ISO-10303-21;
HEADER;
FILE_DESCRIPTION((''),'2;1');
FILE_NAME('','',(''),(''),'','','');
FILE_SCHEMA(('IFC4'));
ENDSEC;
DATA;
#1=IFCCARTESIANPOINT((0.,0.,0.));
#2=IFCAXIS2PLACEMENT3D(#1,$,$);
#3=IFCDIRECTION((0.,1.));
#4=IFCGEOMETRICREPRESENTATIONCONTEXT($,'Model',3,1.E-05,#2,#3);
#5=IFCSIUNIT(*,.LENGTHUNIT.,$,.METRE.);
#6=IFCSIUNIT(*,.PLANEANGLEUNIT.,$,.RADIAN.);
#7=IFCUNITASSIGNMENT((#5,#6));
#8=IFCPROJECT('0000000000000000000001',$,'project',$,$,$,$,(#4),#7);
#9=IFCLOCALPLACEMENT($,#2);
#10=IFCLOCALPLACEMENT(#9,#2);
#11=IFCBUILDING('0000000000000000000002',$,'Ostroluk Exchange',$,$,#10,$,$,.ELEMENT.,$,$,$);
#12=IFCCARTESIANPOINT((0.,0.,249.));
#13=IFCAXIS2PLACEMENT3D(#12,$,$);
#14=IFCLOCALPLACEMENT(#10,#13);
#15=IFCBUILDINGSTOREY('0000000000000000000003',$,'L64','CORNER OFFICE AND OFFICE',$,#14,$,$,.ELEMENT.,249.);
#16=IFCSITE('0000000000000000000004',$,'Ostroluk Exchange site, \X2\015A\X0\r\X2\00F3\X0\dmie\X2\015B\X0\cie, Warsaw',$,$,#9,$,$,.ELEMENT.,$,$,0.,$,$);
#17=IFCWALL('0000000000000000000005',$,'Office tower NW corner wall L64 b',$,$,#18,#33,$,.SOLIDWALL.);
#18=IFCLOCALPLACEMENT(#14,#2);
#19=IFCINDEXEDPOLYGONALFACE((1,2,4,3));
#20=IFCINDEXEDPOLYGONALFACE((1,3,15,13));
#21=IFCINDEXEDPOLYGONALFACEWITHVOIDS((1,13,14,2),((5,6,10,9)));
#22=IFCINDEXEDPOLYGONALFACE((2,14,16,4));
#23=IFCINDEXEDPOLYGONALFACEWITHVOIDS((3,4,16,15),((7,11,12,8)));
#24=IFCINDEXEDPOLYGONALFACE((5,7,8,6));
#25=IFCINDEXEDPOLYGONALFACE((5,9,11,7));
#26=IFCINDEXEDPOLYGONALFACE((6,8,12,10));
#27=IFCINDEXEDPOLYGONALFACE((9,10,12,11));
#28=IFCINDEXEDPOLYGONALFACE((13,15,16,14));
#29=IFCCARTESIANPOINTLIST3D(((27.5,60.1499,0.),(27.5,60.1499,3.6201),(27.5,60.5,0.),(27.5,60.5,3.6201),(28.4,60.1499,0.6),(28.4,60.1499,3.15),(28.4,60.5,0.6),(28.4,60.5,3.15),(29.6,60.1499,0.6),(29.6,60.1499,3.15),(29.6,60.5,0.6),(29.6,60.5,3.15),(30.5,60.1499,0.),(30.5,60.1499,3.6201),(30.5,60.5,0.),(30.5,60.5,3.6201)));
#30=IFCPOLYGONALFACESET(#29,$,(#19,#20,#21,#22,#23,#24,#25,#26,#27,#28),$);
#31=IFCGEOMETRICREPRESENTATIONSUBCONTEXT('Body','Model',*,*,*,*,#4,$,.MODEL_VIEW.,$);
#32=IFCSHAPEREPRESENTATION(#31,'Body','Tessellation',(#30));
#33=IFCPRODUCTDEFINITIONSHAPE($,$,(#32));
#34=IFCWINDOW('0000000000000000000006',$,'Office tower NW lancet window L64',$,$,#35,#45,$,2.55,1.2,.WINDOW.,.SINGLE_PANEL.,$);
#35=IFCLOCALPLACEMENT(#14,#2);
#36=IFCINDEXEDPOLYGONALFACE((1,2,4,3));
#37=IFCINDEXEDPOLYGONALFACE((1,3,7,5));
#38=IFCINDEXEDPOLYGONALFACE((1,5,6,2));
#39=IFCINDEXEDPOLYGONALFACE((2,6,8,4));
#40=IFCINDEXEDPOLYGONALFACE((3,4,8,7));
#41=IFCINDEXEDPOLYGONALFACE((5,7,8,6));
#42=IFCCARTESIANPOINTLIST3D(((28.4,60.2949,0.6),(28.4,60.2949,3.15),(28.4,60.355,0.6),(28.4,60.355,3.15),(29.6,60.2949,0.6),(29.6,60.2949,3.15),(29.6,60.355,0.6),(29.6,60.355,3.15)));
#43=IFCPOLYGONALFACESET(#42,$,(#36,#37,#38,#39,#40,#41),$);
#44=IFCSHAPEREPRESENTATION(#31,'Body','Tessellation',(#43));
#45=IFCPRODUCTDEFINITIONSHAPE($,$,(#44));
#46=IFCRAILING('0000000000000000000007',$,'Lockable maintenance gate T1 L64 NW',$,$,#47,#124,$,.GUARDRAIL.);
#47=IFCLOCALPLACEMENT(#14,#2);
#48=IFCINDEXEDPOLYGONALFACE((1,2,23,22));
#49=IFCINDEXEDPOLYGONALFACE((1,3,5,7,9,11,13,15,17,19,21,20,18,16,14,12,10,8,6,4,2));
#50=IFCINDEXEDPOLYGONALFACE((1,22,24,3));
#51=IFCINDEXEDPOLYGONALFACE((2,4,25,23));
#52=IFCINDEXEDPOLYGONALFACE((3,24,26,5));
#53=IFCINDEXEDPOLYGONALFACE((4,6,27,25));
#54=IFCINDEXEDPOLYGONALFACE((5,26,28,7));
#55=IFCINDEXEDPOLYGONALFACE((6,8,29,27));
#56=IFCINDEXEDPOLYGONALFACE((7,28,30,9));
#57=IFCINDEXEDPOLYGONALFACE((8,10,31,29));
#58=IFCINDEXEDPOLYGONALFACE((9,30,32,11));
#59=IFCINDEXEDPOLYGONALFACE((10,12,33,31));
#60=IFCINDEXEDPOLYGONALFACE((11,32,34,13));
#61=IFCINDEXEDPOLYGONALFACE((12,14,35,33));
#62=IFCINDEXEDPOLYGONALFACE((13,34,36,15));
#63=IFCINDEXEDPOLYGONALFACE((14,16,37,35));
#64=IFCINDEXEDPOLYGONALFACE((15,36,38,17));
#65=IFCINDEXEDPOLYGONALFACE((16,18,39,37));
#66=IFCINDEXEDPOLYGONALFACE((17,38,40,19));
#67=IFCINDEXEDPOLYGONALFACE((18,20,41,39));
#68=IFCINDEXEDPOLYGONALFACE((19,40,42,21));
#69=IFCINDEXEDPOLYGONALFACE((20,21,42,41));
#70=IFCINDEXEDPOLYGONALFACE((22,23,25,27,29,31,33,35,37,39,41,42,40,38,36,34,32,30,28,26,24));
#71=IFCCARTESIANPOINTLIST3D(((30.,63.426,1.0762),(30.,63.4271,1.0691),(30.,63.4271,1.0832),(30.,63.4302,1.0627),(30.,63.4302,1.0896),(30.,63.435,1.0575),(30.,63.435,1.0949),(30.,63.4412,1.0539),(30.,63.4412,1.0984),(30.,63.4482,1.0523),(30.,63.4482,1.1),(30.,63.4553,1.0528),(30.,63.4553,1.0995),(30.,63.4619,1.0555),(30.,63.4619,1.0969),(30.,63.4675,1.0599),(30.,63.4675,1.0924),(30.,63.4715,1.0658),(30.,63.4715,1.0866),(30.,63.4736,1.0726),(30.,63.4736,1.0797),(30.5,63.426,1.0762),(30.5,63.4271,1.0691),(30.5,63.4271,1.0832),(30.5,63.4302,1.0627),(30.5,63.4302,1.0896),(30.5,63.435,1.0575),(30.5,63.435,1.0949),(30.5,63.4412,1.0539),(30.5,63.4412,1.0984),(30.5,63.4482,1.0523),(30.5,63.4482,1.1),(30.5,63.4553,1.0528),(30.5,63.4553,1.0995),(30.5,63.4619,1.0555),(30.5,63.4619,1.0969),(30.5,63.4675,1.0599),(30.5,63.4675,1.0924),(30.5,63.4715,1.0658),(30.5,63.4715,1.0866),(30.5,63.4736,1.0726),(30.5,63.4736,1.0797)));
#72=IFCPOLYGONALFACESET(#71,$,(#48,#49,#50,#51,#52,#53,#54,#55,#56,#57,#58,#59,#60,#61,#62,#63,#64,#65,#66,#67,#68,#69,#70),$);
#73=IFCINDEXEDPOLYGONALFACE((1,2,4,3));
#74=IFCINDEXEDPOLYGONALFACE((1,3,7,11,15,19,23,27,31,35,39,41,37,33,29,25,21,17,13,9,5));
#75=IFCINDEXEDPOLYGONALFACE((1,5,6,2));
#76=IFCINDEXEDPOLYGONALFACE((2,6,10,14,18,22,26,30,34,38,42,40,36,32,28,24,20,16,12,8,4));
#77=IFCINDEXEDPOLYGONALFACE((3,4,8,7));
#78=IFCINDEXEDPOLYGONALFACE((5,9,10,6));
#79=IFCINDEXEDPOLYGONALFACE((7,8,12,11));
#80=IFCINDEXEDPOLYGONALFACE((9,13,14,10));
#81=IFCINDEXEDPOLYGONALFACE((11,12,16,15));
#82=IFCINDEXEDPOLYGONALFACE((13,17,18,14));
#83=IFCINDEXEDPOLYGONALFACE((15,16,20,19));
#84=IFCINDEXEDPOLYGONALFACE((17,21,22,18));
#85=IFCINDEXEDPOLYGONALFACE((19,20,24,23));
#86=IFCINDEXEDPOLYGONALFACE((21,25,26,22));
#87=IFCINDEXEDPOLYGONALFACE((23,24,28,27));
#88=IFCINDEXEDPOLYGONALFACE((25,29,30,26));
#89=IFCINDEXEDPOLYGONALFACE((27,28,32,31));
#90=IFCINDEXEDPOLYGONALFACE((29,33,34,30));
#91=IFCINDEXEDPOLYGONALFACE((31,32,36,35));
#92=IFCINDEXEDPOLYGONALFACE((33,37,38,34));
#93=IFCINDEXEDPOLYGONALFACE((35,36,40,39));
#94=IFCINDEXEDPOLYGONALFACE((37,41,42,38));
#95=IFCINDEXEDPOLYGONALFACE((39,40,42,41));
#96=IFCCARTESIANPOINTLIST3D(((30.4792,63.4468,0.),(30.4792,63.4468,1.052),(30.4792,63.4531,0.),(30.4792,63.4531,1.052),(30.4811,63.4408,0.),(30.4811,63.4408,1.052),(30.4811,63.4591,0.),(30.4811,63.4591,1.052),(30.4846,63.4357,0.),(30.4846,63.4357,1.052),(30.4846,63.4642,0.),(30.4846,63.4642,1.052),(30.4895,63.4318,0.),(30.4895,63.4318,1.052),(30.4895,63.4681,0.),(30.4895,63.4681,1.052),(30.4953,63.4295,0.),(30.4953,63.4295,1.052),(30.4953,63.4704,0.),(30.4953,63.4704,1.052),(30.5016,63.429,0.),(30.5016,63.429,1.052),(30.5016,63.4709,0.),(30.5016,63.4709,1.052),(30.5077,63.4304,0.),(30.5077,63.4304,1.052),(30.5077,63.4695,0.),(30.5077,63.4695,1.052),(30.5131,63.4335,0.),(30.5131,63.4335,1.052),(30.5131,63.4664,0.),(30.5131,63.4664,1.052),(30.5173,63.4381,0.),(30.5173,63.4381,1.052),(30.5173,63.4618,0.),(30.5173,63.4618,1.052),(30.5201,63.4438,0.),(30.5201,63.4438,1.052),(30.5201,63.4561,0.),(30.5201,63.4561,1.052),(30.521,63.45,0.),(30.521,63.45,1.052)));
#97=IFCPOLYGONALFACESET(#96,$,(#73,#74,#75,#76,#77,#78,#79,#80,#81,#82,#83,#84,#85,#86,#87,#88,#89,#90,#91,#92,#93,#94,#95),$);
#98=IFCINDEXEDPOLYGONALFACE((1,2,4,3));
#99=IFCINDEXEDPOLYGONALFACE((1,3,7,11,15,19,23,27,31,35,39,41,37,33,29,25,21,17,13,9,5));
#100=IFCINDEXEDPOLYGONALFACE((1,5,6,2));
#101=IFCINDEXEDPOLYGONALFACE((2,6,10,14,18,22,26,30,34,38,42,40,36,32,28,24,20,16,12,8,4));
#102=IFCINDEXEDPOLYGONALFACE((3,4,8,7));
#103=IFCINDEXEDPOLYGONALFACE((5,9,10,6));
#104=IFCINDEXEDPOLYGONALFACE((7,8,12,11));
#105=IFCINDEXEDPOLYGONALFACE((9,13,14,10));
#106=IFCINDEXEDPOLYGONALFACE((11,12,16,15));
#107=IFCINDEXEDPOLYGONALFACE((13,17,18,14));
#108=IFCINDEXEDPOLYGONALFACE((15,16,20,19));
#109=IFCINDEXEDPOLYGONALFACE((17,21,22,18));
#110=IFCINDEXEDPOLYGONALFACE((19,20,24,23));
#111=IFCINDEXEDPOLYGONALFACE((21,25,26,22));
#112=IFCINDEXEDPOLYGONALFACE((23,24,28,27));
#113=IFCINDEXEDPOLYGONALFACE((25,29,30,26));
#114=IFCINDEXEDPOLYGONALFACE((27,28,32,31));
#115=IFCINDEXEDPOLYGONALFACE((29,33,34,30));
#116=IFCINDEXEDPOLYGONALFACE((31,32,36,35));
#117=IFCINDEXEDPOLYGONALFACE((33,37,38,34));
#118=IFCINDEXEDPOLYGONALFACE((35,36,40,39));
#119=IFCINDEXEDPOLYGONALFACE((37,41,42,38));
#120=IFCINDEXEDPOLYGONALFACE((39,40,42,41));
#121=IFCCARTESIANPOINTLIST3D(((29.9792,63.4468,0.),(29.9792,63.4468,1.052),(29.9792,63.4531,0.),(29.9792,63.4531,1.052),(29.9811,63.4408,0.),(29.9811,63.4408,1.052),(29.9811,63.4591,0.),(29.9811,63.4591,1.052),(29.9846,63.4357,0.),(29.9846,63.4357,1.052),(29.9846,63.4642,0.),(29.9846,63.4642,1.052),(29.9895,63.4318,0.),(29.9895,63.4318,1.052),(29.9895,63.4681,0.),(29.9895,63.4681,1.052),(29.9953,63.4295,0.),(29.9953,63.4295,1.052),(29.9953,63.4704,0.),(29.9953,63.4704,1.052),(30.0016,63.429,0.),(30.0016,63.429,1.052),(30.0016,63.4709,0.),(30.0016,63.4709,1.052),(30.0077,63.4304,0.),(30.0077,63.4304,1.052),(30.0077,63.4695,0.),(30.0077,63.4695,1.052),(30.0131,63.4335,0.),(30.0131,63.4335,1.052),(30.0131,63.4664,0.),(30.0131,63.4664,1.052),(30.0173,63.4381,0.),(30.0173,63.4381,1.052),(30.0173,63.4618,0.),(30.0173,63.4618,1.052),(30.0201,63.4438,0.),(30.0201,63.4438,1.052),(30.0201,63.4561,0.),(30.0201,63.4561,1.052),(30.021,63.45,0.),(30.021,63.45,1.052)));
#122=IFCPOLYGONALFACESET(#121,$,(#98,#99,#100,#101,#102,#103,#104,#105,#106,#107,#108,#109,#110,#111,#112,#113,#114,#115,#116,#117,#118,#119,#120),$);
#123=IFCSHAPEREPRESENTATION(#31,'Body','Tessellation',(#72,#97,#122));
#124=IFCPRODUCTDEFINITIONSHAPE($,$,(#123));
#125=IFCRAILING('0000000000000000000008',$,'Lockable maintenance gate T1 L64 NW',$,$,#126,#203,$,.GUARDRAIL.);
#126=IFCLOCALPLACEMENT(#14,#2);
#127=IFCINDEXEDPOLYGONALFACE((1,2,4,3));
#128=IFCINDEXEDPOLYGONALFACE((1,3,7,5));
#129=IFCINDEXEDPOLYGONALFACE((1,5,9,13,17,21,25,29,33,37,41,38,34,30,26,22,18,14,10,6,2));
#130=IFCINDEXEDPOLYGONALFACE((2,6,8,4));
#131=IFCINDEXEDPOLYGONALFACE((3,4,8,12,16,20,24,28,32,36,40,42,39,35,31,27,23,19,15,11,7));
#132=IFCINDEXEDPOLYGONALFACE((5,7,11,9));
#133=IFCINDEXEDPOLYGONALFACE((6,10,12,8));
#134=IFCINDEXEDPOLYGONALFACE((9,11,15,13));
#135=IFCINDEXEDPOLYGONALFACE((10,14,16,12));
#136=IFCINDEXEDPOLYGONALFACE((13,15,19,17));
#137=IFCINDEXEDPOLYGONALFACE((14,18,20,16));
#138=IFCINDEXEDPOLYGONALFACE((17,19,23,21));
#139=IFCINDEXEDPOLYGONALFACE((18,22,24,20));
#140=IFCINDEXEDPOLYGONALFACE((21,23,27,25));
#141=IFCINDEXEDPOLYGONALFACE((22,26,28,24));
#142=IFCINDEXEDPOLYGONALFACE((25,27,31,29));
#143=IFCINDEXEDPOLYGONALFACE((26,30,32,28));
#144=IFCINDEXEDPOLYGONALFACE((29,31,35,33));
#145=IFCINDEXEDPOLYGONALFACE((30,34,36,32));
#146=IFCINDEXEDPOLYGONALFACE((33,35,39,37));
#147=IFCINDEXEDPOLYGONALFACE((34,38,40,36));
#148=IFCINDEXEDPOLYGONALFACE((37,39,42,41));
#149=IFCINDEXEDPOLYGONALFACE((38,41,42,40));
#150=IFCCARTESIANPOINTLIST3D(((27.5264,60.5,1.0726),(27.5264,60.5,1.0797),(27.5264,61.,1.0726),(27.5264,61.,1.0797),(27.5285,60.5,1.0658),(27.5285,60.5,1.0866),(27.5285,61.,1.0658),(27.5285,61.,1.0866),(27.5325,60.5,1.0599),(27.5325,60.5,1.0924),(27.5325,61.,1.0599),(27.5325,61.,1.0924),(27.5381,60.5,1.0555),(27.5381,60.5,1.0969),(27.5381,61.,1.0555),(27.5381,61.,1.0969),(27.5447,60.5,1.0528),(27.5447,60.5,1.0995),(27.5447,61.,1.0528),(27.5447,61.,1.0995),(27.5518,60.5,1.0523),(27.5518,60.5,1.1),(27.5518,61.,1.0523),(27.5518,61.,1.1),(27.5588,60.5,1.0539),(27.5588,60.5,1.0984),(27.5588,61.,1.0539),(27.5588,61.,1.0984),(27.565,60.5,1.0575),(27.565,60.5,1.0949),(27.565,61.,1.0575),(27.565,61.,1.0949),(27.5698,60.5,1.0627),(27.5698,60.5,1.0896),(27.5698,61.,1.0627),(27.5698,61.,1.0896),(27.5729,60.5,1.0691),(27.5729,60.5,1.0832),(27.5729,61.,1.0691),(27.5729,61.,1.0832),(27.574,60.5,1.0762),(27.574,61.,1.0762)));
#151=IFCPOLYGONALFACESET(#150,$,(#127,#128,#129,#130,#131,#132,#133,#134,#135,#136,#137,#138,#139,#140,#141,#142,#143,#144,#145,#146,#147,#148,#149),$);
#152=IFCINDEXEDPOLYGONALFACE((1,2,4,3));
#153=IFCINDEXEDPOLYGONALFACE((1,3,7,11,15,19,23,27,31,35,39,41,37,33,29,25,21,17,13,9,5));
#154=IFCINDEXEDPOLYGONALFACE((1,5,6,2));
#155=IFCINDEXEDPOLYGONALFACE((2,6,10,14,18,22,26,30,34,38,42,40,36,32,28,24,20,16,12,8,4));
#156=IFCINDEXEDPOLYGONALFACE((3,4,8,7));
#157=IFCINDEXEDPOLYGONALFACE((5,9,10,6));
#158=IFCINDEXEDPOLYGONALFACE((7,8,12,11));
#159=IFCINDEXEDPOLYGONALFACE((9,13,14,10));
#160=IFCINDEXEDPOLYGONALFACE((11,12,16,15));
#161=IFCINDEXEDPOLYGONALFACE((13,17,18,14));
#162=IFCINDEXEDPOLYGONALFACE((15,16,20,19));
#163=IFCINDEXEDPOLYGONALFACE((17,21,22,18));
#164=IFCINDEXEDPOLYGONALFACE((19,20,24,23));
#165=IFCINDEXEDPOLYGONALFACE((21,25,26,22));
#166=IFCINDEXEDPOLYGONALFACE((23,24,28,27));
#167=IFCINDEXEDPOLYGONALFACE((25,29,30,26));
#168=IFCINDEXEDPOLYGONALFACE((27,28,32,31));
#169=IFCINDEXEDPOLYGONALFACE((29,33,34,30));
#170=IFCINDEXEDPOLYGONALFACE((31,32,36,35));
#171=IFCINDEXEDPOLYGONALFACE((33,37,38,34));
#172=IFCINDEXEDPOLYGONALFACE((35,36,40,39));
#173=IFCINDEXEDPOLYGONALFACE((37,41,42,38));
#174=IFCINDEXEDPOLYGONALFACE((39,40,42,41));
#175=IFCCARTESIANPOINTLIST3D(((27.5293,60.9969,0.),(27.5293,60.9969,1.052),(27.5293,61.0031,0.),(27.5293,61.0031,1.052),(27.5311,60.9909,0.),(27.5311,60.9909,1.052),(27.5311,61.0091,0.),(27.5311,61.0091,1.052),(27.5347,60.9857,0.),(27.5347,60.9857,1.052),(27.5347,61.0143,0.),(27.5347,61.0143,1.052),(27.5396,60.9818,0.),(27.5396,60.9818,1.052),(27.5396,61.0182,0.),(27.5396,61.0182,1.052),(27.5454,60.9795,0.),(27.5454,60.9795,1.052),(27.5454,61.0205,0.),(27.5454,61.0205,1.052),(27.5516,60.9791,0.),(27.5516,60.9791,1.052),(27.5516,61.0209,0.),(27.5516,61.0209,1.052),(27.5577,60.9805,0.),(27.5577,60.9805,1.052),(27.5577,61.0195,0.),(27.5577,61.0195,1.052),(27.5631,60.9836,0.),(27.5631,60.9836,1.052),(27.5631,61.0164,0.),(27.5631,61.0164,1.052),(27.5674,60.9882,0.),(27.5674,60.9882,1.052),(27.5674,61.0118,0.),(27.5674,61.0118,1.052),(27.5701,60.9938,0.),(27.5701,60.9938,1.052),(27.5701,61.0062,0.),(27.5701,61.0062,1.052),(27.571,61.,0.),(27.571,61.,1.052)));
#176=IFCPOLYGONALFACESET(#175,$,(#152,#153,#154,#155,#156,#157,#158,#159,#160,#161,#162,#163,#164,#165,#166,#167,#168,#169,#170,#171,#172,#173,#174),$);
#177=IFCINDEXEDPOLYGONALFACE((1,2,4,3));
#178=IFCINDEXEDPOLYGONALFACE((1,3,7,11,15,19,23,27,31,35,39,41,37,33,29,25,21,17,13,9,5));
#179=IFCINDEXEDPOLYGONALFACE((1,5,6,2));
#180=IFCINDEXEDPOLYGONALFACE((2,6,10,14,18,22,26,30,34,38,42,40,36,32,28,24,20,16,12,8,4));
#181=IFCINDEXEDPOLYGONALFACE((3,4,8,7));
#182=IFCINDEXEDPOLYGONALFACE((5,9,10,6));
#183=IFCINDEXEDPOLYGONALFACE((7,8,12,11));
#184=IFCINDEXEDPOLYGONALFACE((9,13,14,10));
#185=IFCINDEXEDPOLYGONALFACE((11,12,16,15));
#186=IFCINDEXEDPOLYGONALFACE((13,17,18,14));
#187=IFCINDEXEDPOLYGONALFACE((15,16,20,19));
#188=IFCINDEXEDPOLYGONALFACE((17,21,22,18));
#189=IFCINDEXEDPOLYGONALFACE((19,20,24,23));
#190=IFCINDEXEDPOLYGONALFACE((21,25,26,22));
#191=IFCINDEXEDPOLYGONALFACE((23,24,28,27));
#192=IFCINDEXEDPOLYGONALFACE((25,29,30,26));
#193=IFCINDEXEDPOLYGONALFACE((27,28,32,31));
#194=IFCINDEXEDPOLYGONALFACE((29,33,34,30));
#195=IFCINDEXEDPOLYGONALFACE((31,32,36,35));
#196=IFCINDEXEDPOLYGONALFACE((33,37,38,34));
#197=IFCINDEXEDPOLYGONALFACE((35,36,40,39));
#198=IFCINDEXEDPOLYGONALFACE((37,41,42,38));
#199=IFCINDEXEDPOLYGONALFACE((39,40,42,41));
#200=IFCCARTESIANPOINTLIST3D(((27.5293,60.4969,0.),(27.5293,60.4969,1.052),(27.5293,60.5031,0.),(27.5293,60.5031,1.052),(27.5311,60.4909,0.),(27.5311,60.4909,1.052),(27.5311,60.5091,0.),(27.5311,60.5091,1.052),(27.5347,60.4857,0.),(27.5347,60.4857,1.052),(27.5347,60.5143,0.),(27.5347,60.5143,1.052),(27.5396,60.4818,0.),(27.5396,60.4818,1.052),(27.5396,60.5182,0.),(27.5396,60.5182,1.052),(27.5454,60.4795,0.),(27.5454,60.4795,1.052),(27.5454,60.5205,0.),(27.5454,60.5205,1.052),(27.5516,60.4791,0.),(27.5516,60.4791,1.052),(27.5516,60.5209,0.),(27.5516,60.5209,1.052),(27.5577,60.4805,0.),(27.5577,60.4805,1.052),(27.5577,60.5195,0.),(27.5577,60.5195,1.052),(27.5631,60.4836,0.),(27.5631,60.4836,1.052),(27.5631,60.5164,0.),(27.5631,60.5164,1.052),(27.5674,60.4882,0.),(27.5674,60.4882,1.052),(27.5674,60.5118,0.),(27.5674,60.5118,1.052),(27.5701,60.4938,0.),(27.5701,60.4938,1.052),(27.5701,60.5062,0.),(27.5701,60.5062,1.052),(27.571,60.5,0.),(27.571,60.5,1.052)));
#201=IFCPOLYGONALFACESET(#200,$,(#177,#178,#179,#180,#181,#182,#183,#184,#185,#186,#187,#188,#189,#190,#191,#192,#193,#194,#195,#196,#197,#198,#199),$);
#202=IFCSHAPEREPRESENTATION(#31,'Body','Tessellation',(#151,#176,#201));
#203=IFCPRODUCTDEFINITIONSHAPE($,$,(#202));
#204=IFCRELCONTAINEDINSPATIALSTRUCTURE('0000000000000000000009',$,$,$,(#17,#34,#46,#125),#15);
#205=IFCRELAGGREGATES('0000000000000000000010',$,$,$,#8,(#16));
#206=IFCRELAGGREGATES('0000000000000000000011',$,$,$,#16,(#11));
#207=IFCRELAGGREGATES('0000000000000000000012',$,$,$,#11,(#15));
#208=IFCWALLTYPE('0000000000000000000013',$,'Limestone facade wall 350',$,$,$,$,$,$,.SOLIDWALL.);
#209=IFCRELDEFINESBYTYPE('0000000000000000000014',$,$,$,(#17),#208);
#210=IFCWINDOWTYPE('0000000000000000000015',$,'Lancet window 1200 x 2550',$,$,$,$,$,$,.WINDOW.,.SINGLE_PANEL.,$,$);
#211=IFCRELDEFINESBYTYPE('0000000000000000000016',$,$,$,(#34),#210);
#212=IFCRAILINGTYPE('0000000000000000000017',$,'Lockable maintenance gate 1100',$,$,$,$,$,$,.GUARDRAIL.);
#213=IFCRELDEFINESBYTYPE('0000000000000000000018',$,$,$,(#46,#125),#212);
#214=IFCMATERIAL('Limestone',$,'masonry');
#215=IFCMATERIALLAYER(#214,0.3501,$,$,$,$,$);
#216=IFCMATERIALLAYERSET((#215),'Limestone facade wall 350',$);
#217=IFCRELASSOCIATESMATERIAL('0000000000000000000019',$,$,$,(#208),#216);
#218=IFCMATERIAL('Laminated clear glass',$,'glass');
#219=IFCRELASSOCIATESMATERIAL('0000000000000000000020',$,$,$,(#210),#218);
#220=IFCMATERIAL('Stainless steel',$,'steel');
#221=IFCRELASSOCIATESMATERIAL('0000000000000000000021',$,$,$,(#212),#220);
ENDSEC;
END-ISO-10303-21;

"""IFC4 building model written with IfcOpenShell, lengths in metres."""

from ifc_helpers import new_model, si_unit, direction, frame, frame_2d, origin, origin_2d, place, context, subcontext, project, spatial, rectangle, circle, extrude, material, layer, layer_set, type_object, element, fill, save


model = new_model("IFC4")

# Units and contexts
model_context = context("Model", 3, precision=1e-05, world=origin(), true_north=direction((0.0, 1.0)))
body_context = subcontext(model_context, "Body", "Model", "MODEL_VIEW")
ifc_project = project(units=[si_unit("LENGTHUNIT", "METRE"), si_unit("PLANEANGLEUNIT", "RADIAN")], contexts=[model_context])

# Site, building, storey
site_placement = place(None, origin())
site = spatial("IfcSite", under=ifc_project, at=site_placement, Name="Ostroluk Exchange site, Śródmieście, Warsaw", CompositionType="ELEMENT", RefElevation=0.0)
building_placement = place(site_placement, origin())
building = spatial("IfcBuilding", under=site, at=building_placement, Name="Ostroluk Exchange", CompositionType="ELEMENT")
storey_placement = place(building_placement, frame((0.0, 0.0, 249.0)))
storey = spatial("IfcBuildingStorey", under=building, at=storey_placement, Name="L64", Description="CORNER OFFICE AND OFFICE", CompositionType="ELEMENT", Elevation=249.0)

# Shared definitions
ifc_material_1 = material(Name="Limestone", Category="masonry")
ifc_layer_1 = layer(ifc_material_1, 0.3501)
ifc_layer_set_1 = layer_set([ifc_layer_1], Name="Limestone facade wall 350")
wall_type = type_object("IfcWallType", Name="Limestone facade wall 350", PredefinedType="SOLIDWALL", material=ifc_layer_set_1)

# Wall, opening, window
wall_1_placement = place(storey_placement, frame((30.5, 60.325, 0.0), z_axis=(0.0, 0.0, 1.0), x_axis=(-1.0, 0.0, 0.0)))
wall_1 = element("IfcWall", 1, at=wall_1_placement, inside=storey, type_object=wall_type, Name="Office tower NW corner wall L64 b", PredefinedType="SOLIDWALL", context=body_context, shape_type="SweptSolid", body=[
    extrude(rectangle(XDim=3.0, YDim=0.3501, at=frame_2d((1.5, 0.0))), origin(), (0.0, 0.0, 1.0), 3.6201),
])
opening_1_placement = place(wall_1_placement, frame((0.8999, 0.0, 0.6001)))
opening_1 = element("IfcOpeningElement", 2, at=opening_1_placement, cuts=wall_1, PredefinedType="OPENING", context=body_context, shape_type="SweptSolid", body=[
    extrude(rectangle(XDim=1.2, YDim=2.55, at=frame_2d((0.6001, 1.2749))), frame((0.0, 0.1851, 0.0), z_axis=(0.0, -1.0, 0.0), x_axis=(1.0, 0.0, 0.0)), (0.0, 0.0, 1.0), 0.3701),
])
ifc_material_2 = material(Name="Laminated clear glass", Category="glass")
window_type = type_object("IfcWindowType", Name="Lancet window 1200 x 2550", PartitioningType="SINGLE_PANEL", PredefinedType="WINDOW", material=ifc_material_2)
window_placement = place(opening_1_placement, origin())
window = element("IfcWindow", 3, at=window_placement, inside=storey, type_object=window_type, Name="Office tower NW lancet window L64", OverallHeight=2.55, OverallWidth=1.2, PartitioningType="SINGLE_PANEL", PredefinedType="WINDOW", context=body_context, shape_type="SweptSolid", body=[
    extrude(rectangle(XDim=1.2, YDim=2.55, at=frame_2d((0.6001, 1.2749))), frame((0.0, 0.03, 0.0), z_axis=(0.0, -1.0, 0.0), x_axis=(1.0, 0.0, 0.0)), (0.0, 0.0, 1.0), 0.0601),
])
fill(opening_1, window)

# Railings
ifc_material_3 = material(Name="Stainless steel", Category="steel")
railing_type_1 = type_object("IfcRailingType", Name="Lockable maintenance gate 1100", PredefinedType="GUARDRAIL", material=ifc_material_3)
railing_1_placement = place(storey_placement, frame((30.5, 63.45, 0.0)))
element("IfcRailing", 4, at=railing_1_placement, inside=storey, type_object=railing_type_1, Name="Lockable maintenance gate T1 L64 NW", PredefinedType="GUARDRAIL", context=body_context, shape_type="SweptSolid", body=[
    extrude(circle(Radius=0.0239, at=origin_2d()), frame((0.0, 0.0, 1.0762), z_axis=(-1.0, 0.0, 0.0), x_axis=(0.0, -1.0, 0.0)), (0.0, 0.0, 1.0), 0.5),
    extrude(circle(Radius=0.021, at=origin_2d()), origin(), (0.0, 0.0, 1.0), 1.052),
    extrude(circle(Radius=0.021, at=origin_2d()), frame((-0.5, 0.0, 0.0)), (0.0, 0.0, 1.0), 1.052),
])
railing_2_placement = place(storey_placement, frame((27.55, 61.0, 0.0)))
element("IfcRailing", 5, at=railing_2_placement, inside=storey, type_object=railing_type_1, Name="Lockable maintenance gate T1 L64 NW", PredefinedType="GUARDRAIL", context=body_context, shape_type="SweptSolid", body=[
    extrude(circle(Radius=0.0239, at=origin_2d()), frame((0.0, 0.0, 1.0762), z_axis=(0.0, -1.0, 0.0), x_axis=(1.0, 0.0, 0.0)), (0.0, 0.0, 1.0), 0.5),
    extrude(circle(Radius=0.021, at=origin_2d()), origin(), (0.0, 0.0, 1.0), 1.052),
    extrude(circle(Radius=0.021, at=origin_2d()), frame((0.0, -0.5, 0.0)), (0.0, 0.0, 1.0), 1.052),
])

save(model, "model.ifc")
